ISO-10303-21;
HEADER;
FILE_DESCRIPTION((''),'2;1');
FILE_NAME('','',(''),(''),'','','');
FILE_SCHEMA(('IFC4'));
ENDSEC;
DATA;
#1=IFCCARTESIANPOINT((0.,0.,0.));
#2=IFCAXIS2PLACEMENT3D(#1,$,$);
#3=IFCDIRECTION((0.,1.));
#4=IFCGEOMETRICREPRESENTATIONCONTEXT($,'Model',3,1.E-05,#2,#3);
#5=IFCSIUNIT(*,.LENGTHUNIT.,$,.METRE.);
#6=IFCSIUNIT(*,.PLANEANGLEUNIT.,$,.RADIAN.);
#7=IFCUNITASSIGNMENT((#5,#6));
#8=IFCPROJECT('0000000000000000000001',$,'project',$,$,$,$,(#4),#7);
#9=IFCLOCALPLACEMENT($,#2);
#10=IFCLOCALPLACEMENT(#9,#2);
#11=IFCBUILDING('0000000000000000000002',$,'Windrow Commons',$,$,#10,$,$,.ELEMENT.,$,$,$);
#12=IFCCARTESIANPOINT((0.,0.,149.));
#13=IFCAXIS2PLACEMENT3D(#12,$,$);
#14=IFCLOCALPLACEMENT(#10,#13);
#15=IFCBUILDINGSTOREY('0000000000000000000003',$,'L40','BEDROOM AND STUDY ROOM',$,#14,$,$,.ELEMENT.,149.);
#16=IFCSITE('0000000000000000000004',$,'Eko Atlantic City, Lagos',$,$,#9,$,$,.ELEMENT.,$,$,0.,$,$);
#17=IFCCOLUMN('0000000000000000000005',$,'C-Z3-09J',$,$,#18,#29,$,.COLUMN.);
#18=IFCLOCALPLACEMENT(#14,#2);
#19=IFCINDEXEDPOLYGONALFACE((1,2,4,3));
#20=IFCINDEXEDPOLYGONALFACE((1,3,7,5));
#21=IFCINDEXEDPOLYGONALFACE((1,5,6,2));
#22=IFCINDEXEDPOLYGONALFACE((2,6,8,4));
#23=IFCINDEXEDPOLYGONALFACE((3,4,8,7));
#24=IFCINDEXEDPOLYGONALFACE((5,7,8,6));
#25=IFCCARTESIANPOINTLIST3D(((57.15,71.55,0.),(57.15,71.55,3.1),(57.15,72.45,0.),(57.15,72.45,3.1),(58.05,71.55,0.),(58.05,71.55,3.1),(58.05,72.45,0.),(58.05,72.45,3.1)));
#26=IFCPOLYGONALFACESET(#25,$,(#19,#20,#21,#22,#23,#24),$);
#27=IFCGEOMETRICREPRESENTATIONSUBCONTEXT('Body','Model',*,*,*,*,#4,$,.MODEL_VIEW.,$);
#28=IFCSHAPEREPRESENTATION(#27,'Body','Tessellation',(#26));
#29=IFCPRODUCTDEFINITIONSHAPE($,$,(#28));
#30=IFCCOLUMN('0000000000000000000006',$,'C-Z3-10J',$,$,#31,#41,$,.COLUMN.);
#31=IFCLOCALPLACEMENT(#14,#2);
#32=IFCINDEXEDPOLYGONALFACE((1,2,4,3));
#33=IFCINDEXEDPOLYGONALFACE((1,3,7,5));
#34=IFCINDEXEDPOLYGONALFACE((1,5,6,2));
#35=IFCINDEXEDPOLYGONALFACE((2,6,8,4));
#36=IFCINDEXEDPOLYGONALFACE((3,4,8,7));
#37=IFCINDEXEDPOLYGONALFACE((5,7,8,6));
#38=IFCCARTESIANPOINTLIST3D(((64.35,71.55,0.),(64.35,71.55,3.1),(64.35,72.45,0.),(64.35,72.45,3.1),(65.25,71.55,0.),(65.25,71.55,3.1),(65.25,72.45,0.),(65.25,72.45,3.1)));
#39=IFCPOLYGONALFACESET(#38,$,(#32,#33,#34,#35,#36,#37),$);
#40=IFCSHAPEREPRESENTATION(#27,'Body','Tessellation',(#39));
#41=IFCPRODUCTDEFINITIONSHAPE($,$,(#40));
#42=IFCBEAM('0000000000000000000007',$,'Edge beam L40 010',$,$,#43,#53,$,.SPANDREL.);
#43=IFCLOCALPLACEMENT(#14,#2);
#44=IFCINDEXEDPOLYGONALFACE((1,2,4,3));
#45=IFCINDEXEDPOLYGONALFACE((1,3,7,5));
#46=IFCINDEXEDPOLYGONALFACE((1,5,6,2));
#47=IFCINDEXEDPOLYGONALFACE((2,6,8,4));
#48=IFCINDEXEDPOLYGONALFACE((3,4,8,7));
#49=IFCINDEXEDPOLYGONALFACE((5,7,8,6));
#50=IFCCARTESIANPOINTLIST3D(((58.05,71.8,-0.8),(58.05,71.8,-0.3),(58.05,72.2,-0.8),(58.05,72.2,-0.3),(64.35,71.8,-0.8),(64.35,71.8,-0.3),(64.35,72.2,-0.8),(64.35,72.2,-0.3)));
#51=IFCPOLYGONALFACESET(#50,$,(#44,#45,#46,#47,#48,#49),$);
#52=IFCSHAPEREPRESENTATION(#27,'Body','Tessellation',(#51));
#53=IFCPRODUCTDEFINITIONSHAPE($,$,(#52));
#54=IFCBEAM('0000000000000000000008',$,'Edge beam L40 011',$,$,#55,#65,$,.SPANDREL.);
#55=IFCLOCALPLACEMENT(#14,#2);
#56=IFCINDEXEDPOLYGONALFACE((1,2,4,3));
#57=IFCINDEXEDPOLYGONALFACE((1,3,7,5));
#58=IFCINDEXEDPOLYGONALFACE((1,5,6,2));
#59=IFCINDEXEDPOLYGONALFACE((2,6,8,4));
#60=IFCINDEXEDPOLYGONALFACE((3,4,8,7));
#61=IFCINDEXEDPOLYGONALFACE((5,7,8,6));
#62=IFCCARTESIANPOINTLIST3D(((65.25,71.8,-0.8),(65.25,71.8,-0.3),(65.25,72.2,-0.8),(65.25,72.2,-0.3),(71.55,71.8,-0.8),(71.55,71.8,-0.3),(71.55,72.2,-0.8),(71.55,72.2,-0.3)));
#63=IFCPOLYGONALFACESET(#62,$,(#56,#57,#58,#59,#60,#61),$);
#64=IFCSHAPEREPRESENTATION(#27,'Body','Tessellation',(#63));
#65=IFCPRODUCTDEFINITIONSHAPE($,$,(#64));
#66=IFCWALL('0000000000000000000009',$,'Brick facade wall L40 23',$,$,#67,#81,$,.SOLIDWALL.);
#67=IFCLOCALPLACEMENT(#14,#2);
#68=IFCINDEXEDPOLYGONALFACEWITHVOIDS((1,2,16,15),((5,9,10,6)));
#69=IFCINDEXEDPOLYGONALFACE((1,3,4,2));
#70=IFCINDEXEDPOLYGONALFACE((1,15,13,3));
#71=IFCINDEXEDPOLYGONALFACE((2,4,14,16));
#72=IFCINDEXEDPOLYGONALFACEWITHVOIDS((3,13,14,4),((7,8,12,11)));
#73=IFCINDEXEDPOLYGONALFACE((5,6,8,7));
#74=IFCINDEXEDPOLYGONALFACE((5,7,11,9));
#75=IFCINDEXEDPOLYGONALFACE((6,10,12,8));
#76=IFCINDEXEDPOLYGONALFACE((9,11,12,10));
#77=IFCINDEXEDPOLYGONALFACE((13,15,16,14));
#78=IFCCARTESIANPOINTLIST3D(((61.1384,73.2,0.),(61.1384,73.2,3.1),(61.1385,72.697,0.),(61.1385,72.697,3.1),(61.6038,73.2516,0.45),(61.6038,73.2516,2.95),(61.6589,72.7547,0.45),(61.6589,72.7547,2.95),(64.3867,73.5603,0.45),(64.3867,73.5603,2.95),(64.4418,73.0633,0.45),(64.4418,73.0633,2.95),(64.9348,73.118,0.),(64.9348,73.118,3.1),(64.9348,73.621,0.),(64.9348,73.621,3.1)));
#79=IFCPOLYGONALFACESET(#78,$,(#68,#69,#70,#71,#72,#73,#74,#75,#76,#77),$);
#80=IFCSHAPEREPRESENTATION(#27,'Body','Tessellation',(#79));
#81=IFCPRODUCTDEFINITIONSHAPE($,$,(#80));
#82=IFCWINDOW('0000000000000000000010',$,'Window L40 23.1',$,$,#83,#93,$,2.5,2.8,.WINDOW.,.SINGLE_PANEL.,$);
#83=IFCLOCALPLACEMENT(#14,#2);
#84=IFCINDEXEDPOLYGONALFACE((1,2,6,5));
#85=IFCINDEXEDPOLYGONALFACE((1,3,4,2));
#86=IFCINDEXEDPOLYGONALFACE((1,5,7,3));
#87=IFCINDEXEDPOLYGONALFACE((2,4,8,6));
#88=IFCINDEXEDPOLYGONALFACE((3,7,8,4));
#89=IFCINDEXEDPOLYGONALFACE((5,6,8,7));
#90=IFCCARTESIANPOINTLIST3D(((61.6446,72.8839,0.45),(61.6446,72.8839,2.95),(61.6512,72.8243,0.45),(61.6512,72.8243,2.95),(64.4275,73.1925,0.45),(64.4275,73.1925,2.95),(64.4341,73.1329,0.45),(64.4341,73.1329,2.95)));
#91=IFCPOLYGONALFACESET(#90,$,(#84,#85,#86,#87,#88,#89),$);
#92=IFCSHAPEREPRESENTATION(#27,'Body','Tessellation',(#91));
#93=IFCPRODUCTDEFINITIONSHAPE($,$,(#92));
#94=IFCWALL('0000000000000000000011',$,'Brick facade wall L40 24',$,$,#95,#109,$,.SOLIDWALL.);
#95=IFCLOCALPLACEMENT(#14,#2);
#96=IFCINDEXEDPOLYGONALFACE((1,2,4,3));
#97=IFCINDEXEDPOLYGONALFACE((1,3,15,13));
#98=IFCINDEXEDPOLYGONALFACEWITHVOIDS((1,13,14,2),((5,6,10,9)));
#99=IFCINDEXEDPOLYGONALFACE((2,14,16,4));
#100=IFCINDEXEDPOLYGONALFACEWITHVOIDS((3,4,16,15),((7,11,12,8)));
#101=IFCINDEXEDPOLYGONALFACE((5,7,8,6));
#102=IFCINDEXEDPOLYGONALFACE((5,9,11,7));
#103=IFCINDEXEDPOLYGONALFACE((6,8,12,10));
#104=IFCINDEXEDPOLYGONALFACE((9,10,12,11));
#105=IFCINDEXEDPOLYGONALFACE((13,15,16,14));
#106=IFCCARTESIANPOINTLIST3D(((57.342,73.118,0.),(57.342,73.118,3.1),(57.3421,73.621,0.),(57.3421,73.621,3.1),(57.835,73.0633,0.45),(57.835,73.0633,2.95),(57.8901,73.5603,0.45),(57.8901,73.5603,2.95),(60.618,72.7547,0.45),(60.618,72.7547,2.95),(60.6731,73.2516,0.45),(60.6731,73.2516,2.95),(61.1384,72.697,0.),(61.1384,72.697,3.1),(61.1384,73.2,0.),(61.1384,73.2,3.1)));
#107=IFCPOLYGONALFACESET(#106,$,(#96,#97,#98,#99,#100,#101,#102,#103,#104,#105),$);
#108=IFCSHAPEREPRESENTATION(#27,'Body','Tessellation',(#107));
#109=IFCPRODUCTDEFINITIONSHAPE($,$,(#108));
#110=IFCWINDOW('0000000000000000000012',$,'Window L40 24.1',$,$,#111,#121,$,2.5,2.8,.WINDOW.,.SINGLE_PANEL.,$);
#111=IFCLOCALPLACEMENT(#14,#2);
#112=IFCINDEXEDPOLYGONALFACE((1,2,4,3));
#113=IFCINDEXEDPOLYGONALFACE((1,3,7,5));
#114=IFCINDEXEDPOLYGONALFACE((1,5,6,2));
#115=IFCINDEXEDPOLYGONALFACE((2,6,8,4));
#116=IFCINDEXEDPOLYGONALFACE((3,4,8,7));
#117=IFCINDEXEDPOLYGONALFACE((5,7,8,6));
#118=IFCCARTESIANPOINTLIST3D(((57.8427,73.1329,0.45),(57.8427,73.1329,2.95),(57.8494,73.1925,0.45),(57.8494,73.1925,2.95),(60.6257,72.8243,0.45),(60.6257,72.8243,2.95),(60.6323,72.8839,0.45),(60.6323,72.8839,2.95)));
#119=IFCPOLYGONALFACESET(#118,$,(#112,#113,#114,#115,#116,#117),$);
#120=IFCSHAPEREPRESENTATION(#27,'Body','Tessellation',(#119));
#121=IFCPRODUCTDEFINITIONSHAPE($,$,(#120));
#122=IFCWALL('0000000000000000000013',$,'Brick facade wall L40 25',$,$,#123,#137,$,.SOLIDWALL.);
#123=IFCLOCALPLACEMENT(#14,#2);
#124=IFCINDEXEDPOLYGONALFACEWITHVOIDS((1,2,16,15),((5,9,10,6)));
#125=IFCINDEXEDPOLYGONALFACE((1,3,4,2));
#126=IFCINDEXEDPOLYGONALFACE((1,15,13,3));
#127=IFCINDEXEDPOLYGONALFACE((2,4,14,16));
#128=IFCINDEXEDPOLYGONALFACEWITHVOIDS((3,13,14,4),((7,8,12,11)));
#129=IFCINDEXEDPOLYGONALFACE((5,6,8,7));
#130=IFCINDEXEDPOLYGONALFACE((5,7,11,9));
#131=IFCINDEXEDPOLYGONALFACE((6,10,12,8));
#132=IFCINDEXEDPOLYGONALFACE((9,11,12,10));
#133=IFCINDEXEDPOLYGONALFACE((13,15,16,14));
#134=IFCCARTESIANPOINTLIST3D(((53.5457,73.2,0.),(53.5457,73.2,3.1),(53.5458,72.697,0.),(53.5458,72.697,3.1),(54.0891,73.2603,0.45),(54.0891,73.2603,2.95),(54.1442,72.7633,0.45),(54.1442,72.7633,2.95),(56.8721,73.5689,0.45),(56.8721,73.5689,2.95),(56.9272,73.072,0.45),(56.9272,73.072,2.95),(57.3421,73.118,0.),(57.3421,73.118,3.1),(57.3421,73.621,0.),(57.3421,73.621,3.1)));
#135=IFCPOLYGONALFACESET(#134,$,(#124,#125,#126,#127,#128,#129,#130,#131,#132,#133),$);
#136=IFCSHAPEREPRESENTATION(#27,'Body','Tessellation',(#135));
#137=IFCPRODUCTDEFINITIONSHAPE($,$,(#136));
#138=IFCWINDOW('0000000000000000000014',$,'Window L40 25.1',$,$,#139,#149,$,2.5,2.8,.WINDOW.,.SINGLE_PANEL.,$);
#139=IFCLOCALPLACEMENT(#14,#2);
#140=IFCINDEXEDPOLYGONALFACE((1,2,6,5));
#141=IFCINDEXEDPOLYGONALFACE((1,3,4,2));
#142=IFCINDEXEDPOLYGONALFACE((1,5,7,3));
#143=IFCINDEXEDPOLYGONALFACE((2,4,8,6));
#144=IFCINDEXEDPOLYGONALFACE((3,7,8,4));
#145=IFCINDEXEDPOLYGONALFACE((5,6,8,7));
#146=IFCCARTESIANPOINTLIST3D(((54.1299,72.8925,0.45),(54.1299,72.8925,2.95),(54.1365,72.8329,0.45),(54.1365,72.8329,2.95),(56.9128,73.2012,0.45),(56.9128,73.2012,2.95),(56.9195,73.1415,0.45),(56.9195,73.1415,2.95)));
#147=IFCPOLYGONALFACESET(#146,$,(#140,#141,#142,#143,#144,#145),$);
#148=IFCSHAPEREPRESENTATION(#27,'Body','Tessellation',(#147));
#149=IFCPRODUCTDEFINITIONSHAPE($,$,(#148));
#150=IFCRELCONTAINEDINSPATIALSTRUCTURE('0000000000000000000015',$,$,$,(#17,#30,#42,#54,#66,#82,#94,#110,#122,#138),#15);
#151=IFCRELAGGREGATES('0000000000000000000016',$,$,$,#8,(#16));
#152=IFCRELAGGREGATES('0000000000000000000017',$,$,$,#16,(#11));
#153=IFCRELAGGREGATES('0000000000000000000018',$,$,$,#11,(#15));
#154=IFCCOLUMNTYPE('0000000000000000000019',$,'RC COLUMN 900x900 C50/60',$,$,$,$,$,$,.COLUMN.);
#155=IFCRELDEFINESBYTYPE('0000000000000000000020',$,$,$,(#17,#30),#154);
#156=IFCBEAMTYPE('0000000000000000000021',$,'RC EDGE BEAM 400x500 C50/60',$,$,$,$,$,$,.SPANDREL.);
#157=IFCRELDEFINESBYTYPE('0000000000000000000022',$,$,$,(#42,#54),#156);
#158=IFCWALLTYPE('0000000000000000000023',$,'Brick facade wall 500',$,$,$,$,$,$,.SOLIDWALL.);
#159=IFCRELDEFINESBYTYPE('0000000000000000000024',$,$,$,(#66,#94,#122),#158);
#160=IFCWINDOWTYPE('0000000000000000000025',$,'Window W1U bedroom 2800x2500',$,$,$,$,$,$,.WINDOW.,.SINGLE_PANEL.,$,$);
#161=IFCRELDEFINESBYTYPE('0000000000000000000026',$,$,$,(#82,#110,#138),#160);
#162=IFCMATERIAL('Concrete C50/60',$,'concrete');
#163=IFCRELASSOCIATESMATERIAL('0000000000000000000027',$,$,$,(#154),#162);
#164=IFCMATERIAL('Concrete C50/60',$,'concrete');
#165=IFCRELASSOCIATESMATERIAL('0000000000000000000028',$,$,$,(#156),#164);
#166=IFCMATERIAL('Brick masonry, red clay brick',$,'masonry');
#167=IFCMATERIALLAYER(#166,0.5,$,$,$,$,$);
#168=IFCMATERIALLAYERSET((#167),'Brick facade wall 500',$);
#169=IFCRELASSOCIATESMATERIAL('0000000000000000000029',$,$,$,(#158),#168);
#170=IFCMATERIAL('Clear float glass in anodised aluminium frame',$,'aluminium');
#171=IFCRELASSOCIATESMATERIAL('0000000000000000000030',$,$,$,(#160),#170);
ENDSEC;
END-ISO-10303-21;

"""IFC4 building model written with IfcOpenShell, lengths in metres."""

from ifc_helpers import new_model, si_unit, direction, frame, frame_2d, origin, origin_2d, place, context, subcontext, project, spatial, polyline, rectangle, outline, extrude, material, layer, layer_set, material_profile, profile_set, type_object, element, fill, save


model = new_model("IFC4")

# Units and contexts
model_context = context("Model", 3, precision=1e-05, world=origin(), true_north=direction((0.0, 1.0)))
body_context = subcontext(model_context, "Body", "Model", "MODEL_VIEW")
ifc_project = project(units=[si_unit("LENGTHUNIT", "METRE"), si_unit("PLANEANGLEUNIT", "RADIAN")], contexts=[model_context])

# Site, building, storey
site_placement = place(None, origin())
site = spatial("IfcSite", under=ifc_project, at=site_placement, Name="Eko Atlantic City, Lagos", CompositionType="ELEMENT", RefElevation=0.0)
building_placement = place(site_placement, origin())
building = spatial("IfcBuilding", under=site, at=building_placement, Name="Windrow Commons", CompositionType="ELEMENT")
storey_placement = place(building_placement, frame((0.0, 0.0, 149.0)))
storey = spatial("IfcBuildingStorey", under=building, at=storey_placement, Name="L40", Description="BEDROOM AND STUDY ROOM", CompositionType="ELEMENT", Elevation=149.0)

# Columns
ifc_material_1 = material(Name="Concrete C50/60", Category="concrete")
ifc_material_profile_1 = material_profile(ifc_material_1, rectangle(XDim=0.9, YDim=0.9, at=origin_2d()))
ifc_profile_set_1 = profile_set([ifc_material_profile_1], Name="Concrete C50/60")
column_type = type_object("IfcColumnType", Name="RC COLUMN 900x900 C50/60", PredefinedType="COLUMN", material=ifc_profile_set_1)
for number, where, z_axis, x_axis, name in (
    (1, (57.6, 72.0, 0.0), (0.0, 0.0, 1.0), (1.0, 0.0, 0.0), "C-Z3-09J"),
    (2, (64.8, 72.0, 0.0), (0.0, 0.0, 1.0), (1.0, 0.0, 0.0), "C-Z3-10J"),
):
    element("IfcColumn", number, at=place(storey_placement, frame(where, z_axis=z_axis, x_axis=x_axis)), inside=storey, type_object=column_type, Name=name, PredefinedType="COLUMN", context=body_context, shape_type="SweptSolid", body=[
        extrude(rectangle(XDim=0.9, YDim=0.9, at=origin_2d()), origin(), (0.0, 0.0, 1.0), 3.1),
    ])

# Beams
ifc_material_2 = material(Name="Concrete C50/60", Category="concrete")
ifc_material_profile_2 = material_profile(ifc_material_2, rectangle(XDim=0.4, YDim=0.5, at=origin_2d()))
ifc_profile_set_2 = profile_set([ifc_material_profile_2], Name="Concrete C50/60")
beam_type = type_object("IfcBeamType", Name="RC EDGE BEAM 400x500 C50/60", PredefinedType="SPANDREL", material=ifc_profile_set_2)
for number, where, z_axis, x_axis, name in (
    (3, (58.05, 72.0, -0.55), (1.0, 0.0, 0.0), (0.0, 1.0, 0.0), "Edge beam L40 010"),
    (4, (65.25, 72.0, -0.55), (1.0, 0.0, 0.0), (0.0, 1.0, 0.0), "Edge beam L40 011"),
):
    element("IfcBeam", number, at=place(storey_placement, frame(where, z_axis=z_axis, x_axis=x_axis)), inside=storey, type_object=beam_type, Name=name, PredefinedType="SPANDREL", context=body_context, shape_type="SweptSolid", body=[
        extrude(rectangle(XDim=0.4, YDim=0.5, at=origin_2d()), origin(), (0.0, 0.0, 1.0), 6.3),
    ])

# Walls, openings, windows
ifc_material_3 = material(Name="Brick masonry, red clay brick", Category="masonry")
ifc_layer_1 = layer(ifc_material_3, 0.5)
ifc_layer_set_1 = layer_set([ifc_layer_1], Name="Brick facade wall 500")
wall_type_1 = type_object("IfcWallType", Name="Brick facade wall 500", PredefinedType="SOLIDWALL", material=ifc_layer_set_1)
wall_1_placement = place(storey_placement, frame((64.9348, 73.3695, 0.0), z_axis=(0.0, 0.0, 1.0), x_axis=(-0.993907, -0.110219, 0.0)))
wall_1 = element("IfcWall", 5, at=wall_1_placement, inside=storey, type_object=wall_type_1, Name="Brick facade wall L40 23", PredefinedType="SOLIDWALL", context=body_context, shape_type="SweptSolid", body=[
    extrude(outline(polyline([(-0.0277, -0.25), (3.7919, -0.25), (3.8473, 0.25), (0.0277, 0.25), (-0.0277, -0.25)])), origin(), (0.0, 0.0, 1.0), 3.1),
])
opening_1_placement = place(wall_1_placement, frame((0.5237, 0.0, 0.45)))
opening_1 = element("IfcOpeningElement", 6, at=opening_1_placement, cuts=wall_1, PredefinedType="OPENING", context=body_context, shape_type="SweptSolid", body=[
    extrude(rectangle(XDim=2.8, YDim=2.5, at=frame_2d((1.4, 1.25))), frame((0.0, 0.26, 0.0), z_axis=(0.0, -1.0, 0.0), x_axis=(1.0, 0.0, 0.0)), (0.0, 0.0, 1.0), 0.52),
])
ifc_material_4 = material(Name="Clear float glass in anodised aluminium frame", Category="aluminium")
window_type = type_object("IfcWindowType", Name="Window W1U bedroom 2800x2500", PartitioningType="SINGLE_PANEL", PredefinedType="WINDOW", material=ifc_material_4)
window_1_placement = place(opening_1_placement, origin())
window_1 = element("IfcWindow", 7, at=window_1_placement, inside=storey, type_object=window_type, Name="Window L40 23.1", OverallHeight=2.5, OverallWidth=2.8, PartitioningType="SINGLE_PANEL", PredefinedType="WINDOW", context=body_context, shape_type="SweptSolid", body=[
    extrude(rectangle(XDim=2.8, YDim=2.5, at=frame_2d((1.4, 1.25))), frame((0.0, 0.18, 0.0), z_axis=(0.0, -1.0, 0.0), x_axis=(1.0, 0.0, 0.0)), (0.0, 0.0, 1.0), 0.06),
])
fill(opening_1, window_1)
wall_2_placement = place(storey_placement, frame((61.1384, 72.9485, 0.0), z_axis=(0.0, 0.0, 1.0), x_axis=(-0.993907, 0.110222, 0.0)))
wall_2 = element("IfcWall", 8, at=wall_2_placement, inside=storey, type_object=wall_type_1, Name="Brick facade wall L40 24", PredefinedType="SOLIDWALL", context=body_context, shape_type="SweptSolid", body=[
    extrude(outline(polyline([(0.0277, -0.25), (3.8473, -0.25), (3.7919, 0.25), (-0.0277, 0.25), (0.0277, -0.25)])), origin(), (0.0, 0.0, 1.0), 3.1),
])
opening_2_placement = place(wall_2_placement, frame((0.4959, 0.0, 0.45)))
opening_2 = element("IfcOpeningElement", 9, at=opening_2_placement, cuts=wall_2, PredefinedType="OPENING", context=body_context, shape_type="SweptSolid", body=[
    extrude(rectangle(XDim=2.8, YDim=2.5, at=frame_2d((1.4, 1.25))), frame((0.0, 0.26, 0.0), z_axis=(0.0, -1.0, 0.0), x_axis=(1.0, 0.0, 0.0)), (0.0, 0.0, 1.0), 0.52),
])
window_2_placement = place(opening_2_placement, origin())
window_2 = element("IfcWindow", 10, at=window_2_placement, inside=storey, type_object=window_type, Name="Window L40 24.1", OverallHeight=2.5, OverallWidth=2.8, PartitioningType="SINGLE_PANEL", PredefinedType="WINDOW", context=body_context, shape_type="SweptSolid", body=[
    extrude(rectangle(XDim=2.8, YDim=2.5, at=frame_2d((1.4, 1.25))), frame((0.0, 0.18, 0.0), z_axis=(0.0, -1.0, 0.0), x_axis=(1.0, 0.0, 0.0)), (0.0, 0.0, 1.0), 0.06),
])
fill(opening_2, window_2)
wall_3_placement = place(storey_placement, frame((57.3421, 73.3695, 0.0), z_axis=(0.0, 0.0, 1.0), x_axis=(-0.993907, -0.110222, 0.0)))
wall_3 = element("IfcWall", 11, at=wall_3_placement, inside=storey, type_object=wall_type_1, Name="Brick facade wall L40 25", PredefinedType="SOLIDWALL", context=body_context, shape_type="SweptSolid", body=[
    extrude(outline(polyline([(-0.0277, -0.25), (3.7919, -0.25), (3.8473, 0.25), (0.0277, 0.25), (-0.0277, -0.25)])), origin(), (0.0, 0.0, 1.0), 3.1),
])
opening_3_placement = place(wall_3_placement, frame((0.4452, 0.0, 0.45)))
opening_3 = element("IfcOpeningElement", 12, at=opening_3_placement, cuts=wall_3, PredefinedType="OPENING", context=body_context, shape_type="SweptSolid", body=[
    extrude(rectangle(XDim=2.8, YDim=2.5, at=frame_2d((1.4, 1.25))), frame((0.0, 0.26, 0.0), z_axis=(0.0, -1.0, 0.0), x_axis=(1.0, 0.0, 0.0)), (0.0, 0.0, 1.0), 0.52),
])
window_3_placement = place(opening_3_placement, origin())
window_3 = element("IfcWindow", 13, at=window_3_placement, inside=storey, type_object=window_type, Name="Window L40 25.1", OverallHeight=2.5, OverallWidth=2.8, PartitioningType="SINGLE_PANEL", PredefinedType="WINDOW", context=body_context, shape_type="SweptSolid", body=[
    extrude(rectangle(XDim=2.8, YDim=2.5, at=frame_2d((1.4, 1.25))), frame((0.0, 0.18, 0.0), z_axis=(0.0, -1.0, 0.0), x_axis=(1.0, 0.0, 0.0)), (0.0, 0.0, 1.0), 0.06),
])
fill(opening_3, window_3)

save(model, "model.ifc")
